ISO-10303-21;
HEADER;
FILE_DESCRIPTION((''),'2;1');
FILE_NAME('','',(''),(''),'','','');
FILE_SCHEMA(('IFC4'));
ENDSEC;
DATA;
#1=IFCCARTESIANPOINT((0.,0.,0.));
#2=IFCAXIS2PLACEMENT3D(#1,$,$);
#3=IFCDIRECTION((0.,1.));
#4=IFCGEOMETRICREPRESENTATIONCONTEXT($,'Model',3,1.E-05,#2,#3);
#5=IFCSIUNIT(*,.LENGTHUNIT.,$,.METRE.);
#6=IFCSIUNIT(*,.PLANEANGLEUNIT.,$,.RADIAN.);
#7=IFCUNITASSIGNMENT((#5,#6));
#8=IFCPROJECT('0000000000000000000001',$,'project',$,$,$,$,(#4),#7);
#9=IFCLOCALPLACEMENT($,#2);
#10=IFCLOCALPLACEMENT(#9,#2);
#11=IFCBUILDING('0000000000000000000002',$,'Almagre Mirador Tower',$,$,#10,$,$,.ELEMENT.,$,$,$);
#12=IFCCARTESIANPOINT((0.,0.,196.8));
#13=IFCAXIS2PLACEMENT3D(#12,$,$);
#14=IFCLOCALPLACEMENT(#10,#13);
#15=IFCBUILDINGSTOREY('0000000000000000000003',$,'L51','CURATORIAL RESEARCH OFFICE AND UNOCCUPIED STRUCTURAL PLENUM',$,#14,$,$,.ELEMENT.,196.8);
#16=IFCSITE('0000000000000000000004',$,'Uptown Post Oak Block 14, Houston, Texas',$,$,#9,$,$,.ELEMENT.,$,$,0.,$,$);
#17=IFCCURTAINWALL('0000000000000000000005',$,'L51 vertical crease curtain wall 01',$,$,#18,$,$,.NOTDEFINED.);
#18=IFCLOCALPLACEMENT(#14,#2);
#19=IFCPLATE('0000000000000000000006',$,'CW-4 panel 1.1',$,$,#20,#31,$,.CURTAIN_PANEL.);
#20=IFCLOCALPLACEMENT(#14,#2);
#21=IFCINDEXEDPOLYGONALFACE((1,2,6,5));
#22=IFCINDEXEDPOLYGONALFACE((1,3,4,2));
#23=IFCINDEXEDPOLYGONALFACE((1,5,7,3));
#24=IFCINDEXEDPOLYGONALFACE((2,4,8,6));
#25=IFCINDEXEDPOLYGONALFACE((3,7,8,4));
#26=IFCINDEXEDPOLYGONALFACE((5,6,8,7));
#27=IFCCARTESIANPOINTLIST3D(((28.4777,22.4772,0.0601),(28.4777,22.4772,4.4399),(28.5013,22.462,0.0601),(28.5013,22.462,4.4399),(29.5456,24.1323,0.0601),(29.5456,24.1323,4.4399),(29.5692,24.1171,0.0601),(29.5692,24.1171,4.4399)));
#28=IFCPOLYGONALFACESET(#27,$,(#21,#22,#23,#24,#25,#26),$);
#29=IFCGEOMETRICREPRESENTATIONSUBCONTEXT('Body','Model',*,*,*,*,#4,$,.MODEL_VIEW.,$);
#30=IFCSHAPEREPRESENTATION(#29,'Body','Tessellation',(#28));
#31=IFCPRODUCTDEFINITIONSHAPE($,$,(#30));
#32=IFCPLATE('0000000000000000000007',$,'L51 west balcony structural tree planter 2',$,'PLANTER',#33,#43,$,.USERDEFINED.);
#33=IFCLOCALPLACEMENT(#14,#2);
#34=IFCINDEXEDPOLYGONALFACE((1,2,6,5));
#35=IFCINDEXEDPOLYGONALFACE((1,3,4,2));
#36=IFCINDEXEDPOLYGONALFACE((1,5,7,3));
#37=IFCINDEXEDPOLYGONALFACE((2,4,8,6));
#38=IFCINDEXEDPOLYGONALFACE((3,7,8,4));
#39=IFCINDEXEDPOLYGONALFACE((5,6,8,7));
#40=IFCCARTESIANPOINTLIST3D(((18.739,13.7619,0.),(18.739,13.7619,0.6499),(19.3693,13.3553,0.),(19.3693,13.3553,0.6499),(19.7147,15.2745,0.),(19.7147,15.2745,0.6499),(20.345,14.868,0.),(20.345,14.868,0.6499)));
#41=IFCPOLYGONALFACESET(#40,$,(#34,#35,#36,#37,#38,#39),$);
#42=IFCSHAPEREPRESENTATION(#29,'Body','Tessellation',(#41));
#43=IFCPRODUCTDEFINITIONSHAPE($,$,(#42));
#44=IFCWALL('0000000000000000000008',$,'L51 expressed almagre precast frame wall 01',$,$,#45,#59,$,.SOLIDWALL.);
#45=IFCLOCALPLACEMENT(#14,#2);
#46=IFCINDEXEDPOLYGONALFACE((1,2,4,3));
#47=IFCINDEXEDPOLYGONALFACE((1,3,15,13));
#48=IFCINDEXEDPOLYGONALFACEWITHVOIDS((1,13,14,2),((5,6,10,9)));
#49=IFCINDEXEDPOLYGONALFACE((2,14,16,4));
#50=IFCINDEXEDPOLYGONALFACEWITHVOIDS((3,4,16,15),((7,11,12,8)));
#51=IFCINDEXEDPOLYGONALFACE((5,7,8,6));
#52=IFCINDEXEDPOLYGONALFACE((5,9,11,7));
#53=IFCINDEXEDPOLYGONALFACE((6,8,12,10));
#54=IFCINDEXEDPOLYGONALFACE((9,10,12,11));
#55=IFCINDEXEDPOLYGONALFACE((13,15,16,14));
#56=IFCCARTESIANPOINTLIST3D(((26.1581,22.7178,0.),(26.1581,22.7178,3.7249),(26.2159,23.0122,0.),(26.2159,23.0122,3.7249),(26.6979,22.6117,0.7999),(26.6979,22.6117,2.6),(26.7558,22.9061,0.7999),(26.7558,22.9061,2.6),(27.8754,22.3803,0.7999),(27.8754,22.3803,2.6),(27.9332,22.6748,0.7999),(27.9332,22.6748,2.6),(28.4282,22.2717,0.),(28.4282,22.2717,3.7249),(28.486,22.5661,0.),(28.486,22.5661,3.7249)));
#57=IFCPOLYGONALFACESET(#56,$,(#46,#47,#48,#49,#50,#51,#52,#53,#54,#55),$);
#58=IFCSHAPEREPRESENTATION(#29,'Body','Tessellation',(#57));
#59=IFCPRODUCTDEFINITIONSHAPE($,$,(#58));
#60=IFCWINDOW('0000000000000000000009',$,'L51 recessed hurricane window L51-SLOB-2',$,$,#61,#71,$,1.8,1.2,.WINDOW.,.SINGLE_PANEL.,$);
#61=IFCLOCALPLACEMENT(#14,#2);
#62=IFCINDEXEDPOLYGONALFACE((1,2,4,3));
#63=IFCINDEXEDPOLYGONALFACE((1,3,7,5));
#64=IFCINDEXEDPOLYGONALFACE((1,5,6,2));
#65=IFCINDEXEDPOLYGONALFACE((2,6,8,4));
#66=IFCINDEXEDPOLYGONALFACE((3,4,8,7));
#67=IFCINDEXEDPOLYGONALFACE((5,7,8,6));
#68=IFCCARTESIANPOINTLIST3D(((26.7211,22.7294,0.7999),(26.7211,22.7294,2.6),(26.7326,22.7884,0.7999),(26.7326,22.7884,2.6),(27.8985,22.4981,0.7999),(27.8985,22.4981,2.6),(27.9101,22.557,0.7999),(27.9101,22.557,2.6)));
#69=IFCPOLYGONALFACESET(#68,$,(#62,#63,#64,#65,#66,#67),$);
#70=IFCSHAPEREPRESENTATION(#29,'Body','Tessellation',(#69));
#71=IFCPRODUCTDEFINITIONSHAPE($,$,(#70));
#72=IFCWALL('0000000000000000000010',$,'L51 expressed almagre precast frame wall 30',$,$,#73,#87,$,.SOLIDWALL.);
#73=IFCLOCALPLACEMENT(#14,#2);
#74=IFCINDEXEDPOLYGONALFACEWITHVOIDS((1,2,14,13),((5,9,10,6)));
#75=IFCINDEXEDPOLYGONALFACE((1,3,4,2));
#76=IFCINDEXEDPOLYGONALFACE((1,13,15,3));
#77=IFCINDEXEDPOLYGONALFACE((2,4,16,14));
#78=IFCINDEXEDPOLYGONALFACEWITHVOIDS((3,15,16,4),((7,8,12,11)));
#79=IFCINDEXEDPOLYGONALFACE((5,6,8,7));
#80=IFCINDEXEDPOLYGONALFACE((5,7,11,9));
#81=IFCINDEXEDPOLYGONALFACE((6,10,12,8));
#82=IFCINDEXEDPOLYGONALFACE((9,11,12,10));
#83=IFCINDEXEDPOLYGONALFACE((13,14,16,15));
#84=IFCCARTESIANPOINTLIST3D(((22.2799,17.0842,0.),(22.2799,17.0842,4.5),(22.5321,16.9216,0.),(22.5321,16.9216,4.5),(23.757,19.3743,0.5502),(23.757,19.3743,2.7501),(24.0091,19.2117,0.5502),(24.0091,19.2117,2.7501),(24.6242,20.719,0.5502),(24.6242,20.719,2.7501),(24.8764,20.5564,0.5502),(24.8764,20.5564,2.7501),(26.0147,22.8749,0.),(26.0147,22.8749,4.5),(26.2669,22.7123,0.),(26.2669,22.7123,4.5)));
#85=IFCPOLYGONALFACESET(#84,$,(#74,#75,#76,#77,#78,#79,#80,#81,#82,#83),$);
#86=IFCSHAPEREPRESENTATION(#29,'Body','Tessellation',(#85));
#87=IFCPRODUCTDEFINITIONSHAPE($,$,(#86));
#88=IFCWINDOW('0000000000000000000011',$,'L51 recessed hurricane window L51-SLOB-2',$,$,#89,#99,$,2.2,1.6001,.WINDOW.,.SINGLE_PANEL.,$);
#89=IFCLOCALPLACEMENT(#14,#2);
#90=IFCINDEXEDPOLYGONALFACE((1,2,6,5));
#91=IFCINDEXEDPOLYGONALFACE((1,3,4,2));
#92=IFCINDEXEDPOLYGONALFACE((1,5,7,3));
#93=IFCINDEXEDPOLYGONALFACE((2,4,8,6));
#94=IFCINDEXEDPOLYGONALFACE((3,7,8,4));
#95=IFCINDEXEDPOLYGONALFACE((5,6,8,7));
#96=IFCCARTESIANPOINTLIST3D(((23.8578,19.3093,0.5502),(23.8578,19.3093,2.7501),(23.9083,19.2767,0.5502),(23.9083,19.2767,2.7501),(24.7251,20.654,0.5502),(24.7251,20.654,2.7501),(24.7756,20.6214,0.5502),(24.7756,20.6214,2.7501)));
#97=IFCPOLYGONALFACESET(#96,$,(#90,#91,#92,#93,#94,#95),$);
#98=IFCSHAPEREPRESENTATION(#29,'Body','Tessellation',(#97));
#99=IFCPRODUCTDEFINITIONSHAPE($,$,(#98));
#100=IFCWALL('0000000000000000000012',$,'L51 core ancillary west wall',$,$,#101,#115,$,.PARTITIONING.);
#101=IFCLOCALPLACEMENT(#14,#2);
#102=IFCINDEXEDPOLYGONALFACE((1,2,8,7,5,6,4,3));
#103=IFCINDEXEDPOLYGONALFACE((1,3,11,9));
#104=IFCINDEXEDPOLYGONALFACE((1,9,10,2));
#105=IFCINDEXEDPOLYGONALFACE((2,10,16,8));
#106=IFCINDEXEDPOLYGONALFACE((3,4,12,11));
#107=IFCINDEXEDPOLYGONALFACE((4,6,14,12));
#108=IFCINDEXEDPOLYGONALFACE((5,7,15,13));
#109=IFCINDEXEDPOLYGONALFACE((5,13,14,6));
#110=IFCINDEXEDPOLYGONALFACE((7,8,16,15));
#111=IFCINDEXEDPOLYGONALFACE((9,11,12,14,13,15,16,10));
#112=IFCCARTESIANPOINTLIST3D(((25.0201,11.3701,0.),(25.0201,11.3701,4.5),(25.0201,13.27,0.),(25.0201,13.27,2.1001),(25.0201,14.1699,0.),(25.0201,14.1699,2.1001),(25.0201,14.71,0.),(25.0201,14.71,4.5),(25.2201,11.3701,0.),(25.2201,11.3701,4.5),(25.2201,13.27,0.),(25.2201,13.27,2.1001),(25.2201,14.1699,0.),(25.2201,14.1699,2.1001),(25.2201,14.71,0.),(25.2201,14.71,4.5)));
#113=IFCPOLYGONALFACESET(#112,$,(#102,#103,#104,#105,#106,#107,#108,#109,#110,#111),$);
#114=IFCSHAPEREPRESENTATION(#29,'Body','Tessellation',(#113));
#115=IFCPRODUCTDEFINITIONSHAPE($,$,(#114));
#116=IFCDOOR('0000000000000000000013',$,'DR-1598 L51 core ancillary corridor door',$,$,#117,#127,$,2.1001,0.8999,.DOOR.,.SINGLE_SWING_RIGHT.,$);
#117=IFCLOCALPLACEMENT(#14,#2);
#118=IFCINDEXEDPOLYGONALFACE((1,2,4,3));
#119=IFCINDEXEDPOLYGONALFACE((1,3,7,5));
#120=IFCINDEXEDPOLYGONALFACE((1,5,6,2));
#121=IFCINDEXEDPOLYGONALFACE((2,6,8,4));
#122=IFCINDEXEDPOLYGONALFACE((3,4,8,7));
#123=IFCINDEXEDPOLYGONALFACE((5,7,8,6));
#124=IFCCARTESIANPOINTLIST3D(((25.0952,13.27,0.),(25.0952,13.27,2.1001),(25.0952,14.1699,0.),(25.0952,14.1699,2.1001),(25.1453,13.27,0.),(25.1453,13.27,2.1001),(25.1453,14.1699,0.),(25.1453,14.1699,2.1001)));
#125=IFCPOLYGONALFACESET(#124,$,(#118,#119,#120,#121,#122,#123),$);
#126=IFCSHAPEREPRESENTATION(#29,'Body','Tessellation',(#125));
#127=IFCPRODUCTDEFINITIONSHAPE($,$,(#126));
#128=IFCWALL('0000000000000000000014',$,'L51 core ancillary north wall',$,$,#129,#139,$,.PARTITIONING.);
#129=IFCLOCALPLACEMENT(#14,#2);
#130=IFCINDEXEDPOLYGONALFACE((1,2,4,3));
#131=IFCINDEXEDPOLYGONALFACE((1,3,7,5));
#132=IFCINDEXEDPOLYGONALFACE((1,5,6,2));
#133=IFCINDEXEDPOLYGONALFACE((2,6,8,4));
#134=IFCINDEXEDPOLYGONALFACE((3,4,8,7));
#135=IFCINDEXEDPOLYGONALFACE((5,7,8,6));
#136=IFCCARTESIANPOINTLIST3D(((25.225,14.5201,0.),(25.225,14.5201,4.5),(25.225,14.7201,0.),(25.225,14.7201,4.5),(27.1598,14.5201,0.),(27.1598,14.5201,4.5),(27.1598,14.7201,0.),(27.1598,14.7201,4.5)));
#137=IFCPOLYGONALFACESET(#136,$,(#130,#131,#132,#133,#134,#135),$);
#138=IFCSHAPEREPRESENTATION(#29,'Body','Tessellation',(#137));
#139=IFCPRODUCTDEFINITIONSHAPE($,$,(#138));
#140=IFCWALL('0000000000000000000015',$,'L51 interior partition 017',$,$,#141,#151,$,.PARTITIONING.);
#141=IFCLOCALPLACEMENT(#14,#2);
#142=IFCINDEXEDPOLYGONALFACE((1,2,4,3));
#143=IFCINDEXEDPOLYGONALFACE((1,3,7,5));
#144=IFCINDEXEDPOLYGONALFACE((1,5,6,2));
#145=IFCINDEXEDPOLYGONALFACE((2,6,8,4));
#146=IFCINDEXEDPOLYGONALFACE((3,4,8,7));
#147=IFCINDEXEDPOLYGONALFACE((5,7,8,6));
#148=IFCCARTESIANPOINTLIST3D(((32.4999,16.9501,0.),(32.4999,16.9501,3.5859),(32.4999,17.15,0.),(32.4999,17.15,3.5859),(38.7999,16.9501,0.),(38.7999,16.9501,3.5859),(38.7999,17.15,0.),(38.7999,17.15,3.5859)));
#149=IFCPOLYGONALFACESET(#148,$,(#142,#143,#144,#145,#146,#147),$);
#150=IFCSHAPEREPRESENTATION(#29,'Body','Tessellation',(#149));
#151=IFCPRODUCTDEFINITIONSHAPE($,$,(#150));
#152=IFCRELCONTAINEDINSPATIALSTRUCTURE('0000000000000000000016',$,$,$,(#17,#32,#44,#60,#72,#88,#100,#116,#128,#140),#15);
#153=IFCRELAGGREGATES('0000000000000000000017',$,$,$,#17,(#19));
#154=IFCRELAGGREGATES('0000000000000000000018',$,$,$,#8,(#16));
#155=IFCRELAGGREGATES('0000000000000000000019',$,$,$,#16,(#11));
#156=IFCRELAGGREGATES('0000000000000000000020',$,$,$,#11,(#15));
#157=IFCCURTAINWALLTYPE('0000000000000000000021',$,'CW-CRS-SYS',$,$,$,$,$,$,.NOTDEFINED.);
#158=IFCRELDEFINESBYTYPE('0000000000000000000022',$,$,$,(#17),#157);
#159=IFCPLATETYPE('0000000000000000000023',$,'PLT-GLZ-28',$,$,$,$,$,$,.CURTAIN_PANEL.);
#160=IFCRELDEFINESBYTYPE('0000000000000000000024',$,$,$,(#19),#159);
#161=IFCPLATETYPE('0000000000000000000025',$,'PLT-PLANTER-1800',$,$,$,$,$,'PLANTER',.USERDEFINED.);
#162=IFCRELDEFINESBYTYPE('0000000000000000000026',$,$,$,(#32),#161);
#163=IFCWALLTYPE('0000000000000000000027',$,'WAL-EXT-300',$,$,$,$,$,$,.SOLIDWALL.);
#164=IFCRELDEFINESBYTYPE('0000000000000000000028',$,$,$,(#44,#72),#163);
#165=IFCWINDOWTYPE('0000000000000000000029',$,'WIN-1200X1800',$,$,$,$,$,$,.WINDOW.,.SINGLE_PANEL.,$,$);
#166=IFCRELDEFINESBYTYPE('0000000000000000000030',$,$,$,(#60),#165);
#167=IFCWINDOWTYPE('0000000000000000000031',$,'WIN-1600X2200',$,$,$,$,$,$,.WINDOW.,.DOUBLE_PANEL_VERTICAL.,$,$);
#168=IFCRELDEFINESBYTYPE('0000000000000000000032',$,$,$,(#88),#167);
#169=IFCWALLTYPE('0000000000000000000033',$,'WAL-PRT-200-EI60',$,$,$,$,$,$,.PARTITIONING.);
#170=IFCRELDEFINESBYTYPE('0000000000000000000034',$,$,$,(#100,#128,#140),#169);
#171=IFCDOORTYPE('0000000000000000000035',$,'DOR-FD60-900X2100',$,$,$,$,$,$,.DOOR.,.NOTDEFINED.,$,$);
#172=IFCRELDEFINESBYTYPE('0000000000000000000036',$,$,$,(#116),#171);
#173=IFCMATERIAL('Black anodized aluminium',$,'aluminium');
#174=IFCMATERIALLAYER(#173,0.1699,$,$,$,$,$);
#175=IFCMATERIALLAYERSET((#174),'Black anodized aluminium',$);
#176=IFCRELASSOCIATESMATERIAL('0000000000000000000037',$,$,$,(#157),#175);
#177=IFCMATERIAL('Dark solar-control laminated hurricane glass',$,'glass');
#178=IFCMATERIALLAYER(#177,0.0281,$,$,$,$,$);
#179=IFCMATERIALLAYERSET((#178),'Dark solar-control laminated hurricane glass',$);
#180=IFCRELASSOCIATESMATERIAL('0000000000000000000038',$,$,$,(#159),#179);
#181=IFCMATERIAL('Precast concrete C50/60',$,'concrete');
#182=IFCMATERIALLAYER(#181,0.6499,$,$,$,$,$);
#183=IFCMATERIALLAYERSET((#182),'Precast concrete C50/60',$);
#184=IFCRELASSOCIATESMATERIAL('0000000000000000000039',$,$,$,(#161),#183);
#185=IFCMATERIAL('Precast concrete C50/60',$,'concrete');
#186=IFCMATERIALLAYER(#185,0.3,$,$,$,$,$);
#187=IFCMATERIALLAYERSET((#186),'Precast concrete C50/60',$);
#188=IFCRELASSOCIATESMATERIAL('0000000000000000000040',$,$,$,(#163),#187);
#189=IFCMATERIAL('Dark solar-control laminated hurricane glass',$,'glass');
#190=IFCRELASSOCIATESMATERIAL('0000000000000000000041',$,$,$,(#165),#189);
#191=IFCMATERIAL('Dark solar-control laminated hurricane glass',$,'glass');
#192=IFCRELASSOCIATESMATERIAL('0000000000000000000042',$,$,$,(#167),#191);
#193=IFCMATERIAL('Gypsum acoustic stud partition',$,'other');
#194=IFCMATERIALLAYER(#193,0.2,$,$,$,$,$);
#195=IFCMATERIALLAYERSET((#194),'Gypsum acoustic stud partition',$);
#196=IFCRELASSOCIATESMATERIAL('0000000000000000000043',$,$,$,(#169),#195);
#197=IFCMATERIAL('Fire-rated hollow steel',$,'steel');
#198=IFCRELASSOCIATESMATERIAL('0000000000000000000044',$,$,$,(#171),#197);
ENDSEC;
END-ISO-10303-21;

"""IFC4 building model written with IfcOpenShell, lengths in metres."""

from ifc_helpers import new_model, si_unit, direction, frame, frame_2d, origin, origin_2d, place, context, subcontext, project, spatial, rectangle, extrude, material, layer, layer_set, type_object, element, fill, aggregate, save


model = new_model("IFC4")

# Units and contexts
model_context = context("Model", 3, precision=1e-05, world=origin(), true_north=direction((0.0, 1.0)))
body_context = subcontext(model_context, "Body", "Model", "MODEL_VIEW")
ifc_project = project(units=[si_unit("LENGTHUNIT", "METRE"), si_unit("PLANEANGLEUNIT", "RADIAN")], contexts=[model_context])

# Site, building, storey
site_placement = place(None, origin())
site = spatial("IfcSite", under=ifc_project, at=site_placement, Name="Uptown Post Oak Block 14, Houston, Texas", CompositionType="ELEMENT", RefElevation=0.0)
building_placement = place(site_placement, origin())
building = spatial("IfcBuilding", under=site, at=building_placement, Name="Almagre Mirador Tower", CompositionType="ELEMENT")
storey_placement = place(building_placement, frame((0.0, 0.0, 196.8)))
storey = spatial("IfcBuildingStorey", under=building, at=storey_placement, Name="L51", Description="CURATORIAL RESEARCH OFFICE AND UNOCCUPIED STRUCTURAL PLENUM", CompositionType="ELEMENT", Elevation=196.8)

# Curtain wall, plate
ifc_material_1 = material(Name="Black anodized aluminium", Category="aluminium")
ifc_layer_1 = layer(ifc_material_1, 0.1699)
ifc_layer_set_1 = layer_set([ifc_layer_1], Name="Black anodized aluminium")
curtain_wall_type = type_object("IfcCurtainWallType", Name="CW-CRS-SYS", PredefinedType="NOTDEFINED", material=ifc_layer_set_1)
curtain_wall_placement = place(storey_placement, origin())
curtain_wall = element("IfcCurtainWall", 1, at=curtain_wall_placement, inside=storey, type_object=curtain_wall_type, Name="L51 vertical crease curtain wall 01", PredefinedType="NOTDEFINED")
ifc_material_2 = material(Name="Dark solar-control laminated hurricane glass", Category="glass")
ifc_layer_2 = layer(ifc_material_2, 0.0281)
ifc_layer_set_2 = layer_set([ifc_layer_2], Name="Dark solar-control laminated hurricane glass")
plate_type_1 = type_object("IfcPlateType", Name="PLT-GLZ-28", PredefinedType="CURTAIN_PANEL", material=ifc_layer_set_2)
plate_1_placement = place(storey_placement, frame((29.0234, 23.2971, 0.0601), z_axis=(0.0, 0.0, 1.0), x_axis=(0.54216, 0.840276, 0.0)))
plate_1 = element("IfcPlate", 2, at=plate_1_placement, type_object=plate_type_1, Name="CW-4 panel 1.1", PredefinedType="CURTAIN_PANEL", context=body_context, shape_type="SweptSolid", body=[
    extrude(rectangle(XDim=1.9697, YDim=0.0281, at=origin_2d()), origin(), (0.0, 0.0, 1.0), 4.3799),
])
aggregate(curtain_wall, [plate_1])

# Plate
ifc_material_3 = material(Name="Precast concrete C50/60", Category="concrete")
ifc_layer_3 = layer(ifc_material_3, 0.6499)
ifc_layer_set_3 = layer_set([ifc_layer_3], Name="Precast concrete C50/60")
plate_type_2 = type_object("IfcPlateType", Name="PLT-PLANTER-1800", ElementType="PLANTER", PredefinedType="USERDEFINED", material=ifc_layer_set_3)
plate_2_placement = place(storey_placement, frame((19.542, 14.3149, 0.0), z_axis=(0.0, 0.0, 1.0), x_axis=(-0.542031, -0.840359, 0.0)))
element("IfcPlate", 3, at=plate_2_placement, inside=storey, type_object=plate_type_2, Name="L51 west balcony structural tree planter 2", ObjectType="PLANTER", PredefinedType="USERDEFINED", context=body_context, shape_type="SweptSolid", body=[
    extrude(rectangle(XDim=1.8, YDim=0.75, at=origin_2d()), origin(), (0.0, 0.0, 1.0), 0.6499),
])

# Walls, openings, windows
ifc_material_4 = material(Name="Precast concrete C50/60", Category="concrete")
ifc_layer_4 = layer(ifc_material_4, 0.3)
ifc_layer_set_4 = layer_set([ifc_layer_4], Name="Precast concrete C50/60")
wall_type_1 = type_object("IfcWallType", Name="WAL-EXT-300", PredefinedType="SOLIDWALL", material=ifc_layer_set_4)
wall_1_placement = place(storey_placement, frame((26.187, 22.865, 0.0), z_axis=(0.0, 0.0, 1.0), x_axis=(0.981237, -0.192807, 0.0)))
wall_1 = element("IfcWall", 4, at=wall_1_placement, inside=storey, type_object=wall_type_1, Name="L51 expressed almagre precast frame wall 01", PredefinedType="SOLIDWALL", context=body_context, shape_type="SweptSolid", body=[
    extrude(rectangle(XDim=2.3135, YDim=0.3, at=frame_2d((1.1567, 0.0))), origin(), (0.0, 0.0, 1.0), 3.7249),
])
opening_1_placement = place(wall_1_placement, frame((0.55, 0.0, 0.8)))
opening_1 = element("IfcOpeningElement", 5, at=opening_1_placement, cuts=wall_1, PredefinedType="OPENING", context=body_context, shape_type="SweptSolid", body=[
    extrude(rectangle(XDim=1.2, YDim=1.8, at=frame_2d((0.6001, 0.8999))), frame((0.0, 0.1599, 0.0), z_axis=(0.0, -1.0, 0.0), x_axis=(1.0, 0.0, 0.0)), (0.0, 0.0, 1.0), 0.32),
])
ifc_material_5 = material(Name="Dark solar-control laminated hurricane glass", Category="glass")
window_type_1 = type_object("IfcWindowType", Name="WIN-1200X1800", PartitioningType="SINGLE_PANEL", PredefinedType="WINDOW", material=ifc_material_5)
window_1_placement = place(opening_1_placement, origin())
window_1 = element("IfcWindow", 6, at=window_1_placement, inside=storey, type_object=window_type_1, Name="L51 recessed hurricane window L51-SLOB-2", OverallHeight=1.8, OverallWidth=1.2, PartitioningType="SINGLE_PANEL", PredefinedType="WINDOW", context=body_context, shape_type="SweptSolid", body=[
    extrude(rectangle(XDim=1.2, YDim=1.8, at=frame_2d((0.6001, 0.8999))), frame((0.0, 0.03, 0.0), z_axis=(0.0, -1.0, 0.0), x_axis=(1.0, 0.0, 0.0)), (0.0, 0.0, 1.0), 0.0601),
])
fill(opening_1, window_1)
wall_2_placement = place(storey_placement, frame((22.406, 17.0029, 0.0), z_axis=(0.0, 0.0, 1.0), x_axis=(0.542012, 0.840371, 0.0)))
wall_2 = element("IfcWall", 7, at=wall_2_placement, inside=storey, type_object=wall_type_1, Name="L51 expressed almagre precast frame wall 30", PredefinedType="SOLIDWALL", context=body_context, shape_type="SweptSolid", body=[
    extrude(rectangle(XDim=6.8906, YDim=0.3, at=frame_2d((3.4453, 0.0))), origin(), (0.0, 0.0, 1.0), 4.5),
])
opening_2_placement = place(wall_2_placement, frame((2.7251, 0.0, 0.55)))
opening_2 = element("IfcOpeningElement", 8, at=opening_2_placement, cuts=wall_2, PredefinedType="OPENING", context=body_context, shape_type="SweptSolid", body=[
    extrude(rectangle(XDim=1.6001, YDim=2.2, at=frame_2d((0.8, 1.1001))), frame((0.0, 0.1599, 0.0), z_axis=(0.0, -1.0, 0.0), x_axis=(1.0, 0.0, 0.0)), (0.0, 0.0, 1.0), 0.32),
])
ifc_material_6 = material(Name="Dark solar-control laminated hurricane glass", Category="glass")
window_type_2 = type_object("IfcWindowType", Name="WIN-1600X2200", PartitioningType="DOUBLE_PANEL_VERTICAL", PredefinedType="WINDOW", material=ifc_material_6)
window_2_placement = place(opening_2_placement, origin())
window_2 = element("IfcWindow", 9, at=window_2_placement, inside=storey, type_object=window_type_2, Name="L51 recessed hurricane window L51-SLOB-2", OverallHeight=2.2, OverallWidth=1.6001, PartitioningType="SINGLE_PANEL", PredefinedType="WINDOW", context=body_context, shape_type="SweptSolid", body=[
    extrude(rectangle(XDim=1.6001, YDim=2.2, at=frame_2d((0.8, 1.1001))), frame((0.0, 0.03, 0.0), z_axis=(0.0, -1.0, 0.0), x_axis=(1.0, 0.0, 0.0)), (0.0, 0.0, 1.0), 0.0601),
])
fill(opening_2, window_2)

# Wall, opening, door
ifc_material_7 = material(Name="Gypsum acoustic stud partition", Category="other")
ifc_layer_5 = layer(ifc_material_7, 0.2)
ifc_layer_set_5 = layer_set([ifc_layer_5], Name="Gypsum acoustic stud partition")
wall_type_2 = type_object("IfcWallType", Name="WAL-PRT-200-EI60", PredefinedType="PARTITIONING", material=ifc_layer_set_5)
wall_3_placement = place(storey_placement, frame((25.1201, 11.3701, 0.0), z_axis=(0.0, 0.0, 1.0), x_axis=(0.0, 1.0, 0.0)))
wall_3 = element("IfcWall", 10, at=wall_3_placement, inside=storey, type_object=wall_type_2, Name="L51 core ancillary west wall", PredefinedType="PARTITIONING", context=body_context, shape_type="SweptSolid", body=[
    extrude(rectangle(XDim=3.3398, YDim=0.2, at=frame_2d((1.6699, 0.0))), origin(), (0.0, 0.0, 1.0), 4.5),
])
opening_3_placement = place(wall_3_placement, frame((1.8999, 0.0, 0.0)))
opening_3 = element("IfcOpeningElement", 11, at=opening_3_placement, cuts=wall_3, PredefinedType="OPENING", context=body_context, shape_type="SweptSolid", body=[
    extrude(rectangle(XDim=0.8999, YDim=2.1001, at=frame_2d((0.45, 1.05))), frame((0.0, 0.1101, 0.0), z_axis=(0.0, -1.0, 0.0), x_axis=(1.0, 0.0, 0.0)), (0.0, 0.0, 1.0), 0.22),
])
ifc_material_8 = material(Name="Fire-rated hollow steel", Category="steel")
door_type_1 = type_object("IfcDoorType", Name="DOR-FD60-900X2100", OperationType="NOTDEFINED", PredefinedType="DOOR", material=ifc_material_8)
door_1_placement = place(opening_3_placement, origin())
door_1 = element("IfcDoor", 12, at=door_1_placement, inside=storey, type_object=door_type_1, Name="DR-1598 L51 core ancillary corridor door", OperationType="SINGLE_SWING_RIGHT", OverallHeight=2.1001, OverallWidth=0.8999, PredefinedType="DOOR", context=body_context, shape_type="SweptSolid", body=[
    extrude(rectangle(XDim=0.8999, YDim=2.1001, at=frame_2d((0.45, 1.05))), frame((0.0, 0.0249, 0.0), z_axis=(0.0, -1.0, 0.0), x_axis=(1.0, 0.0, 0.0)), (0.0, 0.0, 1.0), 0.05),
])
fill(opening_3, door_1)

# Walls
wall_4_placement = place(storey_placement, frame((25.2251, 14.6201, 0.0), z_axis=(0.0, 0.0, 1.0), x_axis=(1.0, 0.0, 0.0)))
element("IfcWall", 13, at=wall_4_placement, inside=storey, type_object=wall_type_2, Name="L51 core ancillary north wall", PredefinedType="PARTITIONING", context=body_context, shape_type="SweptSolid", body=[
    extrude(rectangle(XDim=1.9348, YDim=0.2, at=frame_2d((0.9673, 0.0))), origin(), (0.0, 0.0, 1.0), 4.5),
])
wall_5_placement = place(storey_placement, frame((32.5, 17.05, 0.0), z_axis=(0.0, 0.0, 1.0), x_axis=(1.0, 0.0, 0.0)))
element("IfcWall", 14, at=wall_5_placement, inside=storey, type_object=wall_type_2, Name="L51 interior partition 017", PredefinedType="PARTITIONING", context=body_context, shape_type="SweptSolid", body=[
    extrude(rectangle(XDim=6.3, YDim=0.2, at=frame_2d((3.1499, 0.0))), origin(), (0.0, 0.0, 1.0), 3.5859),
])

save(model, "model.ifc")
